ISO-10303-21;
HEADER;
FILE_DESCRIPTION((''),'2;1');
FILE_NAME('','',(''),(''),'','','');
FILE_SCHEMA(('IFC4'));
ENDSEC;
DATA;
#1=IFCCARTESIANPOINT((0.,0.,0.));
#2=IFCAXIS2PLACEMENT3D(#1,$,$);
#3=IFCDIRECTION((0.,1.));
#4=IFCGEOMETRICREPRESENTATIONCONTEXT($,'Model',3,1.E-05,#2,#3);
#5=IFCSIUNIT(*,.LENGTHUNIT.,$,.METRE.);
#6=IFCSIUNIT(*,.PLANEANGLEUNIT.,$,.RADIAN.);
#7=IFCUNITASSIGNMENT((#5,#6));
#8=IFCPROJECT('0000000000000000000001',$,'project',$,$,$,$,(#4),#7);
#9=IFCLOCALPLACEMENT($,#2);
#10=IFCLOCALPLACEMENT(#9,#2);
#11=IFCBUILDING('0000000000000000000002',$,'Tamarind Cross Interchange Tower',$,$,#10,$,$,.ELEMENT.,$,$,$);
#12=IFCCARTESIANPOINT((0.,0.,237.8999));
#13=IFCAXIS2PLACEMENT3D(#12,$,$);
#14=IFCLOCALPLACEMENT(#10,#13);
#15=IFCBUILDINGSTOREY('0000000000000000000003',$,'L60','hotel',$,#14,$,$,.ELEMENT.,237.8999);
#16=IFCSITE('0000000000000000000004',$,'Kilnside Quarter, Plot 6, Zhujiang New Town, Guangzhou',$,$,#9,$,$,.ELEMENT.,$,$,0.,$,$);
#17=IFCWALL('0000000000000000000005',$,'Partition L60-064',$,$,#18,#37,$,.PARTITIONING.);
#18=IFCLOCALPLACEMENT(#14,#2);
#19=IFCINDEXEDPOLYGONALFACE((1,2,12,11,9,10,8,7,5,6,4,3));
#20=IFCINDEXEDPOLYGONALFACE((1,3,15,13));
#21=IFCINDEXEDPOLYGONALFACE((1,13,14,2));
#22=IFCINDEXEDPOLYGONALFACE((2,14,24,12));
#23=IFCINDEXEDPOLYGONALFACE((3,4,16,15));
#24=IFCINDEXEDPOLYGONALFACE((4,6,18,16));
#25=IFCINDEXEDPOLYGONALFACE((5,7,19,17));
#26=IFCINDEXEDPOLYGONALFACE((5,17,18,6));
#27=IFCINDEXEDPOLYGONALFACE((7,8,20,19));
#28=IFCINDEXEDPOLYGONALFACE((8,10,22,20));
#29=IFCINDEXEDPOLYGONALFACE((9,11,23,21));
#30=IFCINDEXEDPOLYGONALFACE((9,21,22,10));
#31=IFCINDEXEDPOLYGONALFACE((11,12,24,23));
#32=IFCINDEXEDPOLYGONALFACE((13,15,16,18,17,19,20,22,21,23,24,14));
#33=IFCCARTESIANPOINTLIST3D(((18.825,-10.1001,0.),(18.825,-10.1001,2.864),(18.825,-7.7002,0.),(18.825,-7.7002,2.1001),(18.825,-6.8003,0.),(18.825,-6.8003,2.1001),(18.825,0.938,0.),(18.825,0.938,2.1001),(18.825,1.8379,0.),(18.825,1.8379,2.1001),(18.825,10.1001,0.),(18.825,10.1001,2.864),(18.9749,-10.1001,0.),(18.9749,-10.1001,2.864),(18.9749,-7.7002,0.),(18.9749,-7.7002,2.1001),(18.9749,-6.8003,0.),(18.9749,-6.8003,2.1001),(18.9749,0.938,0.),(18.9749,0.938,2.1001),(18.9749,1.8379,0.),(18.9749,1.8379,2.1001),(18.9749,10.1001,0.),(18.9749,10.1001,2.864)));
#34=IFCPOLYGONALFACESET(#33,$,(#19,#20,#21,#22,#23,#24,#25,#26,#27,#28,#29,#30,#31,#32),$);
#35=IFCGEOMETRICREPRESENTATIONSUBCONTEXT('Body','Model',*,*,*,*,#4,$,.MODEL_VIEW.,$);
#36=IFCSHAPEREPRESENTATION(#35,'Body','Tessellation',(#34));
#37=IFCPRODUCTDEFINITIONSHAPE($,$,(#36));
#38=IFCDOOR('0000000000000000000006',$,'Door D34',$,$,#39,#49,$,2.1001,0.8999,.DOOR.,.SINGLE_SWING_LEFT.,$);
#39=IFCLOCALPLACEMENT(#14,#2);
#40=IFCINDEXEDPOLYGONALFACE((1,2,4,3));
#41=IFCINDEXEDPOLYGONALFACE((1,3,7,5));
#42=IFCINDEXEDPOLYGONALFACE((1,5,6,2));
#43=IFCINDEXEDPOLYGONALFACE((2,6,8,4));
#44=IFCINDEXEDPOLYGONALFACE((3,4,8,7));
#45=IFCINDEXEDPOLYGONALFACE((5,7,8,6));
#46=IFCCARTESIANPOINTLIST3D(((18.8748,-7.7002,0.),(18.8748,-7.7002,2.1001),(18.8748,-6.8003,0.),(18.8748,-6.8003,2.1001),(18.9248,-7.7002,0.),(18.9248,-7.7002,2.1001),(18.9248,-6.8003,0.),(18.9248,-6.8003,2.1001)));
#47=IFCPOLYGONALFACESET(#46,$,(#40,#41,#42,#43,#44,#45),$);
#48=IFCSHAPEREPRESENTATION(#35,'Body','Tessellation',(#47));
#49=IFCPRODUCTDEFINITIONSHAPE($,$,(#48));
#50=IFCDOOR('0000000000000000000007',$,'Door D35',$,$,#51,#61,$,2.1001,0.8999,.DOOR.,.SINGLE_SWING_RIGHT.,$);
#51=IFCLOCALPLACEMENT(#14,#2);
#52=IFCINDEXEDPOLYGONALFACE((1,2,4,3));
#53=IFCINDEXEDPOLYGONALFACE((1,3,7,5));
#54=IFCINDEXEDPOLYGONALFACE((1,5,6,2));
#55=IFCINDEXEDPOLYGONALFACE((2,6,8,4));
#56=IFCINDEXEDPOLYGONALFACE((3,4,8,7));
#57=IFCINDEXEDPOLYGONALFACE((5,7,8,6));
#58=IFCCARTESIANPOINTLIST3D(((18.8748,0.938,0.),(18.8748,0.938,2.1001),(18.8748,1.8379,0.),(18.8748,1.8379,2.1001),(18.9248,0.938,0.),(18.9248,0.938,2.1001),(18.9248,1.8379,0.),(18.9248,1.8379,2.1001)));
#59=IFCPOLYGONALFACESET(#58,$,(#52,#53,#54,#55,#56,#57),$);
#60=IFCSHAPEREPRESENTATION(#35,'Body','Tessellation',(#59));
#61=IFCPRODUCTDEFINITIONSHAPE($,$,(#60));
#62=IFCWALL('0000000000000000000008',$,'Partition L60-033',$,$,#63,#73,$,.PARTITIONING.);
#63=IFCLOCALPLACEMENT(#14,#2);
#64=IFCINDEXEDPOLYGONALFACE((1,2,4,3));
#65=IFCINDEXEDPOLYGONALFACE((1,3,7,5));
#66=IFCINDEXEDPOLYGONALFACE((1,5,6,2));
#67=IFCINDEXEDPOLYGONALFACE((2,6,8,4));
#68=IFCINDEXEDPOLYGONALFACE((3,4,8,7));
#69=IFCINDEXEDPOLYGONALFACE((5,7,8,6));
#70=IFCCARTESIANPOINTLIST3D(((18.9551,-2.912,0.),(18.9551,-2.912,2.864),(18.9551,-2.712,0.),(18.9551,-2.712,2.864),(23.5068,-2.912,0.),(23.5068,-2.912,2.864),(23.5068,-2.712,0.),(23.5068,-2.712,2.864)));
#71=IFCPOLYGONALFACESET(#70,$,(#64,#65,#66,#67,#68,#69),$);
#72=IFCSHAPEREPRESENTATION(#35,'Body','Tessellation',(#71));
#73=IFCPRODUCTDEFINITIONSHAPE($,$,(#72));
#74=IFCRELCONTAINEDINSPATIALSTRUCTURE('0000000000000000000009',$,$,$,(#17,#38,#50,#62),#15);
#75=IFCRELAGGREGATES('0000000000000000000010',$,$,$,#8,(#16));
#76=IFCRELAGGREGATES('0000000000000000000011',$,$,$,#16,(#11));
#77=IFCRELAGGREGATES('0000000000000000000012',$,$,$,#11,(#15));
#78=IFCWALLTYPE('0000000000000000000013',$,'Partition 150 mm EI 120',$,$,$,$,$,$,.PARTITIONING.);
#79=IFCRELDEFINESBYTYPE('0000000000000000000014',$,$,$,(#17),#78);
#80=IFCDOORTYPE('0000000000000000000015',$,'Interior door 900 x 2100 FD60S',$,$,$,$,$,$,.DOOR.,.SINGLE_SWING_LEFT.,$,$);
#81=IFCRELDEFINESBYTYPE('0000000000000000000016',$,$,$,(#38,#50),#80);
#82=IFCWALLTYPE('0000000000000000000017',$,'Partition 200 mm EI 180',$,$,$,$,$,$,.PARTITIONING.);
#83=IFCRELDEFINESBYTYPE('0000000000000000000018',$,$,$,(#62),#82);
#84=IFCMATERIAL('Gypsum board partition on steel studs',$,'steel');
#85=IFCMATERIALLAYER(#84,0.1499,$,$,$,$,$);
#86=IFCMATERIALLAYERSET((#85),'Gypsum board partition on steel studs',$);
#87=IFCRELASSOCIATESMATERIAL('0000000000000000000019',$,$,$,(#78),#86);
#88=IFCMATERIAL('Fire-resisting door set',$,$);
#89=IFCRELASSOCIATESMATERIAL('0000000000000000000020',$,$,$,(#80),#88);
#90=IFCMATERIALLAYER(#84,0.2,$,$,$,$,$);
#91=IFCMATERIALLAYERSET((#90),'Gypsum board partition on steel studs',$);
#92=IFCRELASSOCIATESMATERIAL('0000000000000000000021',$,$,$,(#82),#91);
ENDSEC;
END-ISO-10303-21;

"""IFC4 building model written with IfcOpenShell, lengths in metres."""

from ifc_helpers import new_model, si_unit, direction, frame, frame_2d, origin, place, context, subcontext, project, spatial, rectangle, extrude, material, layer, layer_set, type_object, element, fill, save


model = new_model("IFC4")

# Units and contexts
model_context = context("Model", 3, precision=1e-05, world=origin(), true_north=direction((0.0, 1.0)))
body_context = subcontext(model_context, "Body", "Model", "MODEL_VIEW")
ifc_project = project(units=[si_unit("LENGTHUNIT", "METRE"), si_unit("PLANEANGLEUNIT", "RADIAN")], contexts=[model_context])

# Site, building, storey
site_placement = place(None, origin())
site = spatial("IfcSite", under=ifc_project, at=site_placement, Name="Kilnside Quarter, Plot 6, Zhujiang New Town, Guangzhou", CompositionType="ELEMENT", RefElevation=0.0)
building_placement = place(site_placement, origin())
building = spatial("IfcBuilding", under=site, at=building_placement, Name="Tamarind Cross Interchange Tower", CompositionType="ELEMENT")
storey_placement = place(building_placement, frame((0.0, 0.0, 237.8999)))
storey = spatial("IfcBuildingStorey", under=building, at=storey_placement, Name="L60", Description="hotel", CompositionType="ELEMENT", Elevation=237.8999)

# Shared definitions
ifc_material_1 = material(Name="Gypsum board partition on steel studs", Category="steel")
ifc_layer_1 = layer(ifc_material_1, 0.1499)
ifc_layer_set_1 = layer_set([ifc_layer_1], Name="Gypsum board partition on steel studs")
wall_type_1 = type_object("IfcWallType", Name="Partition 150 mm EI 120", PredefinedType="PARTITIONING", material=ifc_layer_set_1)

# Wall, openings, doors
wall_1_placement = place(storey_placement, frame((18.8999, -10.1001, 0.0), z_axis=(0.0, 0.0, 1.0), x_axis=(0.0, 1.0, 0.0)))
wall_1 = element("IfcWall", 1, at=wall_1_placement, inside=storey, type_object=wall_type_1, Name="Partition L60-064", PredefinedType="PARTITIONING", context=body_context, shape_type="SweptSolid", body=[
    extrude(rectangle(XDim=20.2002, YDim=0.1499, at=frame_2d((10.1001, 0.0))), origin(), (0.0, 0.0, 1.0), 2.864),
])
opening_1_placement = place(wall_1_placement, frame((2.3999, 0.0, 0.0)))
opening_1 = element("IfcOpeningElement", 2, at=opening_1_placement, cuts=wall_1, PredefinedType="OPENING", context=body_context, shape_type="SweptSolid", body=[
    extrude(rectangle(XDim=0.8999, YDim=2.1001, at=frame_2d((0.45, 1.05))), frame((0.0, 0.085, 0.0), z_axis=(0.0, -1.0, 0.0), x_axis=(1.0, 0.0, 0.0)), (0.0, 0.0, 1.0), 0.1699),
])
opening_2_placement = place(wall_1_placement, frame((11.0381, 0.0, 0.0)))
opening_2 = element("IfcOpeningElement", 3, at=opening_2_placement, cuts=wall_1, PredefinedType="OPENING", context=body_context, shape_type="SweptSolid", body=[
    extrude(rectangle(XDim=0.8999, YDim=2.1001, at=frame_2d((0.45, 1.05))), frame((0.0, 0.085, 0.0), z_axis=(0.0, -1.0, 0.0), x_axis=(1.0, 0.0, 0.0)), (0.0, 0.0, 1.0), 0.1699),
])
ifc_material_2 = material(Name="Fire-resisting door set")
door_type_1 = type_object("IfcDoorType", Name="Interior door 900 x 2100 FD60S", OperationType="SINGLE_SWING_LEFT", PredefinedType="DOOR", material=ifc_material_2)
door_1_placement = place(opening_1_placement, frame((0.8999, 0.0, 0.0), z_axis=(0.0, 0.0, 1.0), x_axis=(-1.0, 0.0, 0.0)))
door_1 = element("IfcDoor", 4, at=door_1_placement, inside=storey, type_object=door_type_1, Name="Door D34", OperationType="SINGLE_SWING_LEFT", OverallHeight=2.1001, OverallWidth=0.8999, PredefinedType="DOOR", context=body_context, shape_type="SweptSolid", body=[
    extrude(rectangle(XDim=0.8999, YDim=2.1001, at=frame_2d((0.45, 1.05))), frame((0.0, 0.0249, 0.0), z_axis=(0.0, -1.0, 0.0), x_axis=(1.0, 0.0, 0.0)), (0.0, 0.0, 1.0), 0.05),
])
fill(opening_1, door_1)
door_2_placement = place(opening_2_placement, frame((0.8999, 0.0, 0.0), z_axis=(0.0, 0.0, 1.0), x_axis=(-1.0, 0.0, 0.0)))
door_2 = element("IfcDoor", 5, at=door_2_placement, inside=storey, type_object=door_type_1, Name="Door D35", OperationType="SINGLE_SWING_RIGHT", OverallHeight=2.1001, OverallWidth=0.8999, PredefinedType="DOOR", context=body_context, shape_type="SweptSolid", body=[
    extrude(rectangle(XDim=0.8999, YDim=2.1001, at=frame_2d((0.45, 1.05))), frame((0.0, 0.0249, 0.0), z_axis=(0.0, -1.0, 0.0), x_axis=(1.0, 0.0, 0.0)), (0.0, 0.0, 1.0), 0.05),
])
fill(opening_2, door_2)

# Wall
ifc_layer_2 = layer(ifc_material_1, 0.2)
ifc_layer_set_2 = layer_set([ifc_layer_2], Name="Gypsum board partition on steel studs")
wall_type_2 = type_object("IfcWallType", Name="Partition 200 mm EI 180", PredefinedType="PARTITIONING", material=ifc_layer_set_2)
wall_2_placement = place(storey_placement, frame((18.9551, -2.812, 0.0), z_axis=(0.0, 0.0, 1.0), x_axis=(1.0, 0.0, 0.0)))
element("IfcWall", 6, at=wall_2_placement, inside=storey, type_object=wall_type_2, Name="Partition L60-033", PredefinedType="PARTITIONING", context=body_context, shape_type="SweptSolid", body=[
    extrude(rectangle(XDim=4.5518, YDim=0.2, at=frame_2d((2.2759, 0.0))), origin(), (0.0, 0.0, 1.0), 2.864),
])

save(model, "model.ifc")
